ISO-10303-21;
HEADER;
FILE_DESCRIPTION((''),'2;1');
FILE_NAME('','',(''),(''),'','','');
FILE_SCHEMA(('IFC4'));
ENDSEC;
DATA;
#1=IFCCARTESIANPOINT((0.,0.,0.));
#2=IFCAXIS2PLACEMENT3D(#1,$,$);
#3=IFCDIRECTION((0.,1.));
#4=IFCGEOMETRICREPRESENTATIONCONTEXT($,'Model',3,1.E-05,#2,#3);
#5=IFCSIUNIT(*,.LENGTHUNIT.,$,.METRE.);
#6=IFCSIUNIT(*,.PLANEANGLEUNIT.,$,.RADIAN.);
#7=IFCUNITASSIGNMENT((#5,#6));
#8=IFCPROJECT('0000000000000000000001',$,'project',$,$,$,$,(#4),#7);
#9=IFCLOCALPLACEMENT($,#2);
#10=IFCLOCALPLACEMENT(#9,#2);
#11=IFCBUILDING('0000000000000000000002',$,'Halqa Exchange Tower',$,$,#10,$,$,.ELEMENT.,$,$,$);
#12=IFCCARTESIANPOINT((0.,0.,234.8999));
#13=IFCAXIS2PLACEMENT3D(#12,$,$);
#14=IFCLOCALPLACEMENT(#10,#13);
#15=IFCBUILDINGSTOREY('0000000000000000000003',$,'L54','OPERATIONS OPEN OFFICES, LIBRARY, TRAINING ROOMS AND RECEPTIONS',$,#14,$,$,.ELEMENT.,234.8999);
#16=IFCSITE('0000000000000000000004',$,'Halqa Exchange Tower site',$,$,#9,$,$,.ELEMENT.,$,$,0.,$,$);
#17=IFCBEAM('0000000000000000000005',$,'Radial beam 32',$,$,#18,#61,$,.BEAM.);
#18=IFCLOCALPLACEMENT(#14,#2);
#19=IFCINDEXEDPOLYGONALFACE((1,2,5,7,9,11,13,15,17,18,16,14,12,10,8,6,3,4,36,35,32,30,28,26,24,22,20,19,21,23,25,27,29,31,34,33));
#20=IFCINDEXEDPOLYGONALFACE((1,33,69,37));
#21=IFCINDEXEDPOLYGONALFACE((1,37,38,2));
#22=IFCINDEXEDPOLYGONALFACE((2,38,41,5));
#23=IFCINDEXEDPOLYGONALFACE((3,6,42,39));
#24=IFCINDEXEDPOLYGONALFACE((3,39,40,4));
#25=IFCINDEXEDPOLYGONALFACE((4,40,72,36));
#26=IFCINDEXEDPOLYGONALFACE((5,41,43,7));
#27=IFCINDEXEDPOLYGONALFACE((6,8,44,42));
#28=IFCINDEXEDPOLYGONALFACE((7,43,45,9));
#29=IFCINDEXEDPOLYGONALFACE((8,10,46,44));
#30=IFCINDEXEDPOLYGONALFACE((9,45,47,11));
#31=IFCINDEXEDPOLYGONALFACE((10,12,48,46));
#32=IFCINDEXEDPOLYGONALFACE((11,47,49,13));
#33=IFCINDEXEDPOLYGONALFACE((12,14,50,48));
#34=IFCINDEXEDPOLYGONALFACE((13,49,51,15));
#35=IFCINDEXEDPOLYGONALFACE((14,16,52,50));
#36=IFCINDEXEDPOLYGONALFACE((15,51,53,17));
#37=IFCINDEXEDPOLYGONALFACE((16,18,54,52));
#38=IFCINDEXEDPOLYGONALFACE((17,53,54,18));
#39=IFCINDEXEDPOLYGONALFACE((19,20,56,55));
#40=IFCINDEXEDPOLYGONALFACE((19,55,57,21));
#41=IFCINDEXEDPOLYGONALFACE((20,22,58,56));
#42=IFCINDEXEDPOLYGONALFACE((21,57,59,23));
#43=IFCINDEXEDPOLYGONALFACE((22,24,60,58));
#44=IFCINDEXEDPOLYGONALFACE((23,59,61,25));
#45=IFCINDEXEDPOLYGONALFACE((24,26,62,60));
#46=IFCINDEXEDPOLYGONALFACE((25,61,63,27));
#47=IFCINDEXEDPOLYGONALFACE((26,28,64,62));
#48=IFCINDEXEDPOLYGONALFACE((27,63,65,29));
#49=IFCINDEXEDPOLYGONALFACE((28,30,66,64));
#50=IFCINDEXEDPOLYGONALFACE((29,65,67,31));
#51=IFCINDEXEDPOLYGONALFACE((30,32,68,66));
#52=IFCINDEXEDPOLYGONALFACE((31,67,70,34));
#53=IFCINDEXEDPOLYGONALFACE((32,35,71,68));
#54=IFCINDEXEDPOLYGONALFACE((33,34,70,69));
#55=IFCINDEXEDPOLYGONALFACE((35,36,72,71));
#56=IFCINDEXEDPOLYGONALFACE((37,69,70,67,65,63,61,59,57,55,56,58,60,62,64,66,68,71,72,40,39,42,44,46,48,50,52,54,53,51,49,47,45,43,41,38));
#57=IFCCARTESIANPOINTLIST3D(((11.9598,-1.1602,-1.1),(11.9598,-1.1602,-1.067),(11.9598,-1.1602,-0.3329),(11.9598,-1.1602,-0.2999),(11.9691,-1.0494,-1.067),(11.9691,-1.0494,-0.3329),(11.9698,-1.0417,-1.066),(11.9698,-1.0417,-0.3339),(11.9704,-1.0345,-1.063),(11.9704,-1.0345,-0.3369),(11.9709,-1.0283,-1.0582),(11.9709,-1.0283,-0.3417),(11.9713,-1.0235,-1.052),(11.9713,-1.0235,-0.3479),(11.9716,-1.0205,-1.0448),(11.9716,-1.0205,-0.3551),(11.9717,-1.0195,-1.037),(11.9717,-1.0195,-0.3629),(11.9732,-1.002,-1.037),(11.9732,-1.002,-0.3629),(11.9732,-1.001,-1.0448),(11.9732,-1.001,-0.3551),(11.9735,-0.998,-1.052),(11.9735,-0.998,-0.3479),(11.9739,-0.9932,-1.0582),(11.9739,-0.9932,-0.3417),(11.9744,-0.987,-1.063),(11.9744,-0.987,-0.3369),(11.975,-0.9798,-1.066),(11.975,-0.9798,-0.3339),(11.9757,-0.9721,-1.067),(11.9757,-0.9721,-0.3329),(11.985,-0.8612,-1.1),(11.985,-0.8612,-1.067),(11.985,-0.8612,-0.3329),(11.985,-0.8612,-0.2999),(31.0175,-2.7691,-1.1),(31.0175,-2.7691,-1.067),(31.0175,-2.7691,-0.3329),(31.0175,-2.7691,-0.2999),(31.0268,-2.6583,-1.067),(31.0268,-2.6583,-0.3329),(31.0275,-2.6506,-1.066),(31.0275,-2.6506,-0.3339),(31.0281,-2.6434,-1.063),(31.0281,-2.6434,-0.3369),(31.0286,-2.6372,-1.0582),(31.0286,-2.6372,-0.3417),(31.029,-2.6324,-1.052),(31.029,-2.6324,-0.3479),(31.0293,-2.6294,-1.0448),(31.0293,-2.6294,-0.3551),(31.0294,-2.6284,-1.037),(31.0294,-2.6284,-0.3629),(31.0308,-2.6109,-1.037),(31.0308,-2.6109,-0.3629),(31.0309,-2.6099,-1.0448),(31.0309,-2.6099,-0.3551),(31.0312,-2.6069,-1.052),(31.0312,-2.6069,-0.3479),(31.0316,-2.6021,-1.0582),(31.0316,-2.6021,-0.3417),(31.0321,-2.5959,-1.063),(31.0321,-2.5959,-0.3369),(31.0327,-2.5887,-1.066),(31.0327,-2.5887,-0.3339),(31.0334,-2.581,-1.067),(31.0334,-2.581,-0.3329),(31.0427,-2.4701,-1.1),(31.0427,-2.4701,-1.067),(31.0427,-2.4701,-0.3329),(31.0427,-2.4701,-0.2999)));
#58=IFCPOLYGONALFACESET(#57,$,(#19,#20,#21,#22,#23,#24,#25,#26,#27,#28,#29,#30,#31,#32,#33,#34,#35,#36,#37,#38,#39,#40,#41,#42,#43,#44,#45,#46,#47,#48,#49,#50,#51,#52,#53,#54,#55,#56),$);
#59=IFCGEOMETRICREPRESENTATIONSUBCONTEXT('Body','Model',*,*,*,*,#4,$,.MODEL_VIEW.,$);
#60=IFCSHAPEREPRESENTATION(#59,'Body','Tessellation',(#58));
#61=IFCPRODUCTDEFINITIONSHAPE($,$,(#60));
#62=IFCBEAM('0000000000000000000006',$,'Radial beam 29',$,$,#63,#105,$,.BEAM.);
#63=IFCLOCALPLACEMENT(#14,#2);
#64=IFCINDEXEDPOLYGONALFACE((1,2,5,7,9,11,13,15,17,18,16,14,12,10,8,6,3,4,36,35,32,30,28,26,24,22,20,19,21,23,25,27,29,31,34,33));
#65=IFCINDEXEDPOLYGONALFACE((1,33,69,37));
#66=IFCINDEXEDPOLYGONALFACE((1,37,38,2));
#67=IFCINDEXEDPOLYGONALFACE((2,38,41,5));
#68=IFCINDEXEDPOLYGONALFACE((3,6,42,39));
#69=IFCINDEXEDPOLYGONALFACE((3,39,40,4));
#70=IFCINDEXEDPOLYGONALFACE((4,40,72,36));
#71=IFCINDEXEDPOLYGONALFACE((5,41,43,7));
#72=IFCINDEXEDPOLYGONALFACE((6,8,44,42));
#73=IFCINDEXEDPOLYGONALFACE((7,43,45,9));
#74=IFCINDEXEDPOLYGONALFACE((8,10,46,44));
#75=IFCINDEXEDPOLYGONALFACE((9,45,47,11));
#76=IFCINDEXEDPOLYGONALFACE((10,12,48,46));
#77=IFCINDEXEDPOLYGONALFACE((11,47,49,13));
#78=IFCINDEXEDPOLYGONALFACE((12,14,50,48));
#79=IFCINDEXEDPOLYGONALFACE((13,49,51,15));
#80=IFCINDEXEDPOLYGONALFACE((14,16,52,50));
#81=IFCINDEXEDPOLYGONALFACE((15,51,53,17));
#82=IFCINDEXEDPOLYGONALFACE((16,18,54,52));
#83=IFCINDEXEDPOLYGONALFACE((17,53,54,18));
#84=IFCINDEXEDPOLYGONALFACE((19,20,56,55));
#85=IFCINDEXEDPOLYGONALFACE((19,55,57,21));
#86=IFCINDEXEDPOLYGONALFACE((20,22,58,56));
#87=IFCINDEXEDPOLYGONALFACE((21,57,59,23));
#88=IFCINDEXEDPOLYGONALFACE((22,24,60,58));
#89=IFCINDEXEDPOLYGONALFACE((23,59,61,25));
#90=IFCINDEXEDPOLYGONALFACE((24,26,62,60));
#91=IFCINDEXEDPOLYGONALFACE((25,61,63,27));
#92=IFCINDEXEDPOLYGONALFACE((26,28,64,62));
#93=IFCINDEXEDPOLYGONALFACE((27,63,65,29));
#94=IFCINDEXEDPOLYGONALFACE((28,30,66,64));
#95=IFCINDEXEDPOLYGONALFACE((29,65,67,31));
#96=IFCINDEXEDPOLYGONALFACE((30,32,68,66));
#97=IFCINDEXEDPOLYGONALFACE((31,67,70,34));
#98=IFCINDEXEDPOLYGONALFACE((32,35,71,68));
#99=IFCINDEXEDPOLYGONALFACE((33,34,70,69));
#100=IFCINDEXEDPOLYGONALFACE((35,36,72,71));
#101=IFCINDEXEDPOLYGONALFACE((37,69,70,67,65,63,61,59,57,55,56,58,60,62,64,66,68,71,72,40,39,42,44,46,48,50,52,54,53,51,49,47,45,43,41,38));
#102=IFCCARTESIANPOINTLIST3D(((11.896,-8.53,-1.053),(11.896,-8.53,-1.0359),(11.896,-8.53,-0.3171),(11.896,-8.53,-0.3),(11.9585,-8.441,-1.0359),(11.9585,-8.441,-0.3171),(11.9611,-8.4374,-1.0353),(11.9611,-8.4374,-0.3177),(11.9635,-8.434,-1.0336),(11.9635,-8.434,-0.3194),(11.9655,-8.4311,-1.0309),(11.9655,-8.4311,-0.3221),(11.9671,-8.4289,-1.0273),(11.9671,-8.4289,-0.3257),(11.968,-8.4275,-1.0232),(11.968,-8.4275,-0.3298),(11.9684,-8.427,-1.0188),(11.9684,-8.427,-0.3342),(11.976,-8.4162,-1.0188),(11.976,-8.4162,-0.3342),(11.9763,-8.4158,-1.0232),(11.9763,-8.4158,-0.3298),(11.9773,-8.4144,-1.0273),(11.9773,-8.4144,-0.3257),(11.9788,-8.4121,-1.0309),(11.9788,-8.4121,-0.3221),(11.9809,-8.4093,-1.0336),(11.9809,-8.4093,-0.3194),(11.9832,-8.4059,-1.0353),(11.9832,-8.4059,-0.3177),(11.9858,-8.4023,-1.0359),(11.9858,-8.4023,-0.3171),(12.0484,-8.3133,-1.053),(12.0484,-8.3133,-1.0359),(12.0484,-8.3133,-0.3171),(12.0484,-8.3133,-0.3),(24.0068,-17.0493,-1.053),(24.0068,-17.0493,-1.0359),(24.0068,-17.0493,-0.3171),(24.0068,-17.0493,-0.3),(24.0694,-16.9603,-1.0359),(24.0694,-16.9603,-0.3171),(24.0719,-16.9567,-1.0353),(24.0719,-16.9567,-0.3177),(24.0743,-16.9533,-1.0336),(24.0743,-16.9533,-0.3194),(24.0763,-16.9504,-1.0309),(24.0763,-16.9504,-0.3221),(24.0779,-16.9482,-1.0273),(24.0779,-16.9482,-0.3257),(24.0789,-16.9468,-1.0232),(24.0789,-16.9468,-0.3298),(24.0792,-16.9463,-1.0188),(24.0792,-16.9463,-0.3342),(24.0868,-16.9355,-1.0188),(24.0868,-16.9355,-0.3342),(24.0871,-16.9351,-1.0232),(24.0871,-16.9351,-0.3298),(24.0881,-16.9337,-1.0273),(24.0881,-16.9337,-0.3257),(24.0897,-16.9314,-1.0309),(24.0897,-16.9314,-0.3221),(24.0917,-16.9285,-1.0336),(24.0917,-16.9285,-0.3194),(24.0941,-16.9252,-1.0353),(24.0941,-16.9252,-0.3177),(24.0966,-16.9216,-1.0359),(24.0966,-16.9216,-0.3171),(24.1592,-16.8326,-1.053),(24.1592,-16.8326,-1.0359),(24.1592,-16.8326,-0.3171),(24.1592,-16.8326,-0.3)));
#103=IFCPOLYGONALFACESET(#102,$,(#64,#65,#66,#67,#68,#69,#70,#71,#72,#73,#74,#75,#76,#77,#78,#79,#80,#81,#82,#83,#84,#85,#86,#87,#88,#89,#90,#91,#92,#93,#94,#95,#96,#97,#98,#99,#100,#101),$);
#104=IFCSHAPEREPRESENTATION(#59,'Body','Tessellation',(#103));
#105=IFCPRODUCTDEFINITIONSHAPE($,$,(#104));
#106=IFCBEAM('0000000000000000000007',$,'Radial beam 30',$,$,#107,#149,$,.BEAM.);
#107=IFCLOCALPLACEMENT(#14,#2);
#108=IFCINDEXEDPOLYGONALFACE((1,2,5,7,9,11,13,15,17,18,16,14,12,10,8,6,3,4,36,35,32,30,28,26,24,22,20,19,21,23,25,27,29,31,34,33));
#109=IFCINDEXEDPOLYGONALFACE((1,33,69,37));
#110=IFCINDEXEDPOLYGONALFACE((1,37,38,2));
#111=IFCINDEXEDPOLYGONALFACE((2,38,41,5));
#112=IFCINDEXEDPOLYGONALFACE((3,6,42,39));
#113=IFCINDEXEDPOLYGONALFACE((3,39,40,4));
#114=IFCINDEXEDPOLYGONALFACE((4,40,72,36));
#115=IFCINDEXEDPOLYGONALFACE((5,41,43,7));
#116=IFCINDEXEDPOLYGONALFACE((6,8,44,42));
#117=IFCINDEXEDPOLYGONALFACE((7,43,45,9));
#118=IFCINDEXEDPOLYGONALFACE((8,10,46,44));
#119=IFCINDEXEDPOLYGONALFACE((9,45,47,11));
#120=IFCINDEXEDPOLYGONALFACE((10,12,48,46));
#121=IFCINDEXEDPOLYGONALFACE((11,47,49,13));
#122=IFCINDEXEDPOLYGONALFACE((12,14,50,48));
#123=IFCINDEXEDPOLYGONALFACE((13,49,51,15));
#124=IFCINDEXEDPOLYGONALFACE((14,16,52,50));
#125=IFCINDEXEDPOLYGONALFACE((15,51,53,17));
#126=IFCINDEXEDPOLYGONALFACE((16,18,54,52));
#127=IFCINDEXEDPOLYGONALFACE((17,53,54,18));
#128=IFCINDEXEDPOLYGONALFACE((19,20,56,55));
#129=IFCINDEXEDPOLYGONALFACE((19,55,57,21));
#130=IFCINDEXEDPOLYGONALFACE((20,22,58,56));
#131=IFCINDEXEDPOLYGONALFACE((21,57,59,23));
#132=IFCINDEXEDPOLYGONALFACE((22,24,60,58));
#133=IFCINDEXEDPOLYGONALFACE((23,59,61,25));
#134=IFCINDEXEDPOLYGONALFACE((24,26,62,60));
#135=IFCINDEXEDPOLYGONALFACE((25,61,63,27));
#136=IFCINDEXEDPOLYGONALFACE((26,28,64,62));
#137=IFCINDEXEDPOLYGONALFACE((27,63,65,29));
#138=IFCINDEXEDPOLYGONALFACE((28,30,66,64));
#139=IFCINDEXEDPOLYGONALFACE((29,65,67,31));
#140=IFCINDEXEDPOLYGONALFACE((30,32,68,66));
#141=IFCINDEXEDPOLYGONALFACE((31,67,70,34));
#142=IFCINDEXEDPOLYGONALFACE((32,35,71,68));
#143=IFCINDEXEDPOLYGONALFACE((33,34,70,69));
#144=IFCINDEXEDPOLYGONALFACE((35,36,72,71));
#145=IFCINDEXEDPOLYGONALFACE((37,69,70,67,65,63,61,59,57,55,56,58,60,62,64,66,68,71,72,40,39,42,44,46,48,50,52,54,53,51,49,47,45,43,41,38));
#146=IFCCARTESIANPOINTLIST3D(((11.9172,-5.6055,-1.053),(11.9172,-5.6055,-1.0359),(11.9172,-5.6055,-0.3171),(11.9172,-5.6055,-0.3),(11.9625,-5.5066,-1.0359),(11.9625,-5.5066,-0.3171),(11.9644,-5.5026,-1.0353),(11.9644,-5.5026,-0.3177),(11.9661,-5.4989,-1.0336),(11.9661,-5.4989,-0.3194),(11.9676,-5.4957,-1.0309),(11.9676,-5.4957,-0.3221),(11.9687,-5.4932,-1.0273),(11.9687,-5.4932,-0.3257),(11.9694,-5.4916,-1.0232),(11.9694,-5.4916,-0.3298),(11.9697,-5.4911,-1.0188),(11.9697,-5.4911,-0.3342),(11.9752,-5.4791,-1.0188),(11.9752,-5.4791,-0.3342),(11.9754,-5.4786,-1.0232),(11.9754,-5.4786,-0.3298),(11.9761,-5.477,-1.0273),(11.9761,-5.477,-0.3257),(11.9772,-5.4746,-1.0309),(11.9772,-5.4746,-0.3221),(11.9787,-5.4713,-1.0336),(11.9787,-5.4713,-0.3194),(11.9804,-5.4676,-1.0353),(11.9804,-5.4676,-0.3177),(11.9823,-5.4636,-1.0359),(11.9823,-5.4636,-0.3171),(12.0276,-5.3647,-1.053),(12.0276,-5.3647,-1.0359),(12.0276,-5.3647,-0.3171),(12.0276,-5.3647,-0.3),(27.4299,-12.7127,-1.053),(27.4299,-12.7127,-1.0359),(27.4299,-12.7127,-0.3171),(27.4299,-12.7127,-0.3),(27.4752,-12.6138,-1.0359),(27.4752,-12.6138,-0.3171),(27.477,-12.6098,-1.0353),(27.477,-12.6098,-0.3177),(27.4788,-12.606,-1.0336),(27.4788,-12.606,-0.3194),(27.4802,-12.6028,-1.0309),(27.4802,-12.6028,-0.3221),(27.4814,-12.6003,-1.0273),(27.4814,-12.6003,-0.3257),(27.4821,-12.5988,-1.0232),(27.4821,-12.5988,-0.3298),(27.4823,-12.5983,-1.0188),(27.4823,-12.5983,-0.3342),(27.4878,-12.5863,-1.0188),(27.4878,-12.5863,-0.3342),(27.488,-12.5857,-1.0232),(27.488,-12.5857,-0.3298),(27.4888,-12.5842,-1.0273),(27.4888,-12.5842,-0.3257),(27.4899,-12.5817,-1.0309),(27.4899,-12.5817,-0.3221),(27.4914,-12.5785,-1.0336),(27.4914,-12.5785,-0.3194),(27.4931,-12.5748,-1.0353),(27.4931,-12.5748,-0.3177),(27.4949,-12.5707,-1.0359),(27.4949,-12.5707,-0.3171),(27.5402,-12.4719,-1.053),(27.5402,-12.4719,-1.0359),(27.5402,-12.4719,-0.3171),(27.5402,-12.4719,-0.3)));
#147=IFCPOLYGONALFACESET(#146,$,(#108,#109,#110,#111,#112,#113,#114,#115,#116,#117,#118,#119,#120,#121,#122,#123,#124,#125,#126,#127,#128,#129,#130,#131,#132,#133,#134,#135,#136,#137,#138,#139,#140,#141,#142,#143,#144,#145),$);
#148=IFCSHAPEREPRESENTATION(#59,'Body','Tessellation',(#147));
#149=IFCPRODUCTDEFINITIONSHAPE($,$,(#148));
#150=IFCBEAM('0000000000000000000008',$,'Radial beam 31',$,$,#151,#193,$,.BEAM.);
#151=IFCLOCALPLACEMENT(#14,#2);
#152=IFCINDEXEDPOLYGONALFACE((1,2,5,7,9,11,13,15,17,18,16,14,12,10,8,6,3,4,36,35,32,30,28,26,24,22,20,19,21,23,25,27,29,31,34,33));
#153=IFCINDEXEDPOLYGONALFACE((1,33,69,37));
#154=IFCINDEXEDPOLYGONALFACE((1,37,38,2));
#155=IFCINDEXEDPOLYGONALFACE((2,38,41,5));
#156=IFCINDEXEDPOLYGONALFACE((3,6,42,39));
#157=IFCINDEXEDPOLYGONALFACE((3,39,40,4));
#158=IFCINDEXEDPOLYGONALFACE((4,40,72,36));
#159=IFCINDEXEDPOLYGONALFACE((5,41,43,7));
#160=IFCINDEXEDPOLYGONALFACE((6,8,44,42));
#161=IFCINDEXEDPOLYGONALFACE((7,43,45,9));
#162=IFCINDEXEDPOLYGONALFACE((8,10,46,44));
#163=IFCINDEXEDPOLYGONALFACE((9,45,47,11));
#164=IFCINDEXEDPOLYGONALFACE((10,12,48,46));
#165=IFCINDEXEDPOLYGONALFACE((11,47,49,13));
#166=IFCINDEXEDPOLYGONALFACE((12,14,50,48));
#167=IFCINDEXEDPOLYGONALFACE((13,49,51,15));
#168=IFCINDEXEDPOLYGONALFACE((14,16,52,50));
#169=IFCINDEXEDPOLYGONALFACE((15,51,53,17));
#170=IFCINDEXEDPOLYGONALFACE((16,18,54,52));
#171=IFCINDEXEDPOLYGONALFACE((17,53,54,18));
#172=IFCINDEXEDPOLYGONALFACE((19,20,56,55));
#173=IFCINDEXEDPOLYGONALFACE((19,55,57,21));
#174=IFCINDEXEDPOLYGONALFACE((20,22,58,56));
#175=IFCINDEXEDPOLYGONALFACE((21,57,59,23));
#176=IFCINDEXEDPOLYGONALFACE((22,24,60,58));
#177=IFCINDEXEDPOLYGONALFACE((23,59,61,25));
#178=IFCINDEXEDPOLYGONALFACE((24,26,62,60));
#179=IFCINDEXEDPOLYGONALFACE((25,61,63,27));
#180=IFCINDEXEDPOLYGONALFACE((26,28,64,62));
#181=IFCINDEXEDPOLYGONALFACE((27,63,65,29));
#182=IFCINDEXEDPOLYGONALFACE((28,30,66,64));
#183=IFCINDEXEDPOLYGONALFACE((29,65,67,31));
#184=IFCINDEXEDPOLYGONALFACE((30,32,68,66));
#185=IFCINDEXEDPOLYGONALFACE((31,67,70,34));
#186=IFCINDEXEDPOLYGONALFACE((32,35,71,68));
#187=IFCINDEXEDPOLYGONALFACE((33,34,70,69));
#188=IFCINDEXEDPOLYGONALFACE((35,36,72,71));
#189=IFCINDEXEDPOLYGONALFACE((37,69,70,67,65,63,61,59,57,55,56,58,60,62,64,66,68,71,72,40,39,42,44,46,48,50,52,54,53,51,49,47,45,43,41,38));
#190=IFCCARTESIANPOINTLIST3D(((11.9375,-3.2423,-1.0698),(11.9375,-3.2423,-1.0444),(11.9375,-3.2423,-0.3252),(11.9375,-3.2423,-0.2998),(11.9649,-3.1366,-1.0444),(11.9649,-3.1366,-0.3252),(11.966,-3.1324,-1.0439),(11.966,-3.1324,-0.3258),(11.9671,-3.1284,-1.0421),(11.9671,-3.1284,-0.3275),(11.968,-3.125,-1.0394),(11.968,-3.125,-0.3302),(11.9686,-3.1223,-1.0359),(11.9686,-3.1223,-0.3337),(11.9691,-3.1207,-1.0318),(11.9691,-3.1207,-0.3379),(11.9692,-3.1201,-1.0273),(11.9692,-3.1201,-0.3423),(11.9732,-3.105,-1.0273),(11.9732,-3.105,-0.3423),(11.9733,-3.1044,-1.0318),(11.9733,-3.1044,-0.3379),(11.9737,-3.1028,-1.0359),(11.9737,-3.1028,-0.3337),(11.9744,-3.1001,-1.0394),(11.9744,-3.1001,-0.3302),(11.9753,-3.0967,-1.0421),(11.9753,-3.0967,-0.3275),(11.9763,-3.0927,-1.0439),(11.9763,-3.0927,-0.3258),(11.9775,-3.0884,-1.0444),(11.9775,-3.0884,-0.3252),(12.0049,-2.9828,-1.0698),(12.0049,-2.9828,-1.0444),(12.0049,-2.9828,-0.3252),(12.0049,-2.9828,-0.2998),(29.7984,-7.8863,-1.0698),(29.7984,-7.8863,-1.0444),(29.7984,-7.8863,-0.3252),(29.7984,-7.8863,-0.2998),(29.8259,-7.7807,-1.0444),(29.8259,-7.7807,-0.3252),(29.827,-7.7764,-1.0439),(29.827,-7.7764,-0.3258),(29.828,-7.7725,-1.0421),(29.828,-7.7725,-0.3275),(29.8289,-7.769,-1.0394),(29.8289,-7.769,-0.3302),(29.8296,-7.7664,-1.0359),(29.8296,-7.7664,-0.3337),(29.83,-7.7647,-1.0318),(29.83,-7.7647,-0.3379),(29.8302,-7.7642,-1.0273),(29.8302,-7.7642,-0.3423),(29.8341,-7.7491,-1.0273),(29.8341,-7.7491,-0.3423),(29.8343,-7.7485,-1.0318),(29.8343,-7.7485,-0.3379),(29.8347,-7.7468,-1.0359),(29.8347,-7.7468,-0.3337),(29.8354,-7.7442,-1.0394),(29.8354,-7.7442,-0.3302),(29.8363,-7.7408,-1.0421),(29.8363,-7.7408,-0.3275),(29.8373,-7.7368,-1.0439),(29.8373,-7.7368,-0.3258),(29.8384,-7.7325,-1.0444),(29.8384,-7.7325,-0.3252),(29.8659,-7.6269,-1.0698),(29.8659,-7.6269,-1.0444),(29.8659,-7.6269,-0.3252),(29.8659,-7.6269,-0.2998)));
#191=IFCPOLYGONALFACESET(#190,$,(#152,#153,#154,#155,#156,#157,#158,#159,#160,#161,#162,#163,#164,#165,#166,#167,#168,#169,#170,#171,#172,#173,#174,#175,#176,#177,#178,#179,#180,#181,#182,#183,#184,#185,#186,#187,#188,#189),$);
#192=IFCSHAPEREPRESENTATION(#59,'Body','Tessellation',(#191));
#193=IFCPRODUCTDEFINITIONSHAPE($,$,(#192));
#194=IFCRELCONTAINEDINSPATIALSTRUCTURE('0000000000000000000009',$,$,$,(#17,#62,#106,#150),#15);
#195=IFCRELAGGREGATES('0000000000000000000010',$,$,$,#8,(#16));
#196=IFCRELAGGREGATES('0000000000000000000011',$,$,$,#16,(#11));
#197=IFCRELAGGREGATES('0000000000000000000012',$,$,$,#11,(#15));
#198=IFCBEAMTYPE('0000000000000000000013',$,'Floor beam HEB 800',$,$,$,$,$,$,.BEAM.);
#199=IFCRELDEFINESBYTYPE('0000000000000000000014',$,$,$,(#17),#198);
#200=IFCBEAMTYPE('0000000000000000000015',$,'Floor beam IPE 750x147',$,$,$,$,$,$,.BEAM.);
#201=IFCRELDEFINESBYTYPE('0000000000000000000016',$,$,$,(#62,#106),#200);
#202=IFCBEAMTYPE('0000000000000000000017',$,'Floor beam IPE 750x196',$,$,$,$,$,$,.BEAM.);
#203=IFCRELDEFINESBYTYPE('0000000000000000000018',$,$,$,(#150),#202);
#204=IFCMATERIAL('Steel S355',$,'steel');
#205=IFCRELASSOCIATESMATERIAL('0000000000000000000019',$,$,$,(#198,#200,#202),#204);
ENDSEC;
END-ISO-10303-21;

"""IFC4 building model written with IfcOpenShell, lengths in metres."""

from ifc_helpers import new_model, si_unit, direction, frame, origin, origin_2d, place, context, subcontext, project, spatial, i_section, extrude, material, material_profile, profile_set, type_object, element, save


model = new_model("IFC4")

# Units and contexts
model_context = context("Model", 3, precision=1e-05, world=origin(), true_north=direction((0.0, 1.0)))
body_context = subcontext(model_context, "Body", "Model", "MODEL_VIEW")
ifc_project = project(units=[si_unit("LENGTHUNIT", "METRE"), si_unit("PLANEANGLEUNIT", "RADIAN")], contexts=[model_context])

# Site, building, storey
site_placement = place(None, origin())
site = spatial("IfcSite", under=ifc_project, at=site_placement, Name="Halqa Exchange Tower site", CompositionType="ELEMENT", RefElevation=0.0)
building_placement = place(site_placement, origin())
building = spatial("IfcBuilding", under=site, at=building_placement, Name="Halqa Exchange Tower", CompositionType="ELEMENT")
storey_placement = place(building_placement, frame((0.0, 0.0, 234.8999)))
storey = spatial("IfcBuildingStorey", under=building, at=storey_placement, Name="L54", Description="OPERATIONS OPEN OFFICES, LIBRARY, TRAINING ROOMS AND RECEPTIONS", CompositionType="ELEMENT", Elevation=234.8999)

# Beams
ifc_material_1 = material(Name="Steel S355", Category="steel")
ifc_material_profile_1 = material_profile(ifc_material_1, i_section(OverallWidth=0.3, OverallDepth=0.8, WebThickness=0.0176, FlangeThickness=0.033, FilletRadius=0.03, at=origin_2d()), Name="HEB 800")
ifc_profile_set_1 = profile_set([ifc_material_profile_1], Name="Steel S355")
beam_type_1 = type_object("IfcBeamType", Name="Floor beam HEB 800", PredefinedType="BEAM", material=ifc_profile_set_1)
beam_1_placement = place(storey_placement, frame((11.9724, -1.0107, -0.7), z_axis=(0.996455, -0.084123, 0.0), x_axis=(0.084123, 0.996455, 0.0)))
element("IfcBeam", 1, at=beam_1_placement, inside=storey, type_object=beam_type_1, Name="Radial beam 32", PredefinedType="BEAM", context=body_context, shape_type="SweptSolid", body=[
    extrude(i_section(OverallWidth=0.3, OverallDepth=0.8, WebThickness=0.0176, FlangeThickness=0.033, FilletRadius=0.03, at=origin_2d()), origin(), (0.0, 0.0, 1.0), 19.1255),
])
ifc_material_profile_2 = material_profile(ifc_material_1, i_section(OverallWidth=0.2649, OverallDepth=0.7529, WebThickness=0.0132, FlangeThickness=0.0171, FilletRadius=0.0171, at=origin_2d()), Name="IPE 750x147")
ifc_profile_set_2 = profile_set([ifc_material_profile_2], Name="Steel S355")
beam_type_2 = type_object("IfcBeamType", Name="Floor beam IPE 750x147", PredefinedType="BEAM", material=ifc_profile_set_2)
beam_2_placement = place(storey_placement, frame((11.9722, -8.4216, -0.6765), z_axis=(0.817907, -0.575351, 0.0), x_axis=(0.575351, 0.817907, 0.0)))
element("IfcBeam", 2, at=beam_2_placement, inside=storey, type_object=beam_type_2, Name="Radial beam 29", PredefinedType="BEAM", context=body_context, shape_type="SweptSolid", body=[
    extrude(i_section(OverallWidth=0.2649, OverallDepth=0.7529, WebThickness=0.0132, FlangeThickness=0.0171, FilletRadius=0.0171, at=origin_2d()), origin(), (0.0, 0.0, 1.0), 14.8071),
])
beam_3_placement = place(storey_placement, frame((11.9724, -5.4851, -0.6765), z_axis=(0.909127, -0.416519, 0.0), x_axis=(0.416519, 0.909127, 0.0)))
element("IfcBeam", 3, at=beam_3_placement, inside=storey, type_object=beam_type_2, Name="Radial beam 30", PredefinedType="BEAM", context=body_context, shape_type="SweptSolid", body=[
    extrude(i_section(OverallWidth=0.2649, OverallDepth=0.7529, WebThickness=0.0132, FlangeThickness=0.0171, FilletRadius=0.0171, at=origin_2d()), origin(), (0.0, 0.0, 1.0), 17.0632),
])
ifc_material_profile_3 = material_profile(ifc_material_1, i_section(OverallWidth=0.2681, OverallDepth=0.77, WebThickness=0.0156, FlangeThickness=0.0254, FilletRadius=0.0171, at=origin_2d()), Name="IPE 750x196")
ifc_profile_set_3 = profile_set([ifc_material_profile_3], Name="Steel S355")
beam_type_3 = type_object("IfcBeamType", Name="Floor beam IPE 750x196", PredefinedType="BEAM", material=ifc_profile_set_3)
beam_4_placement = place(storey_placement, frame((11.9712, -3.1125, -0.6848), z_axis=(0.96782, -0.251645, 0.0), x_axis=(0.251645, 0.96782, 0.0)))
element("IfcBeam", 4, at=beam_4_placement, inside=storey, type_object=beam_type_3, Name="Radial beam 31", PredefinedType="BEAM", context=body_context, shape_type="SweptSolid", body=[
    extrude(i_section(OverallWidth=0.2681, OverallDepth=0.77, WebThickness=0.0156, FlangeThickness=0.0254, FilletRadius=0.0171, at=origin_2d()), origin(), (0.0, 0.0, 1.0), 18.4548),
])

save(model, "model.ifc")
